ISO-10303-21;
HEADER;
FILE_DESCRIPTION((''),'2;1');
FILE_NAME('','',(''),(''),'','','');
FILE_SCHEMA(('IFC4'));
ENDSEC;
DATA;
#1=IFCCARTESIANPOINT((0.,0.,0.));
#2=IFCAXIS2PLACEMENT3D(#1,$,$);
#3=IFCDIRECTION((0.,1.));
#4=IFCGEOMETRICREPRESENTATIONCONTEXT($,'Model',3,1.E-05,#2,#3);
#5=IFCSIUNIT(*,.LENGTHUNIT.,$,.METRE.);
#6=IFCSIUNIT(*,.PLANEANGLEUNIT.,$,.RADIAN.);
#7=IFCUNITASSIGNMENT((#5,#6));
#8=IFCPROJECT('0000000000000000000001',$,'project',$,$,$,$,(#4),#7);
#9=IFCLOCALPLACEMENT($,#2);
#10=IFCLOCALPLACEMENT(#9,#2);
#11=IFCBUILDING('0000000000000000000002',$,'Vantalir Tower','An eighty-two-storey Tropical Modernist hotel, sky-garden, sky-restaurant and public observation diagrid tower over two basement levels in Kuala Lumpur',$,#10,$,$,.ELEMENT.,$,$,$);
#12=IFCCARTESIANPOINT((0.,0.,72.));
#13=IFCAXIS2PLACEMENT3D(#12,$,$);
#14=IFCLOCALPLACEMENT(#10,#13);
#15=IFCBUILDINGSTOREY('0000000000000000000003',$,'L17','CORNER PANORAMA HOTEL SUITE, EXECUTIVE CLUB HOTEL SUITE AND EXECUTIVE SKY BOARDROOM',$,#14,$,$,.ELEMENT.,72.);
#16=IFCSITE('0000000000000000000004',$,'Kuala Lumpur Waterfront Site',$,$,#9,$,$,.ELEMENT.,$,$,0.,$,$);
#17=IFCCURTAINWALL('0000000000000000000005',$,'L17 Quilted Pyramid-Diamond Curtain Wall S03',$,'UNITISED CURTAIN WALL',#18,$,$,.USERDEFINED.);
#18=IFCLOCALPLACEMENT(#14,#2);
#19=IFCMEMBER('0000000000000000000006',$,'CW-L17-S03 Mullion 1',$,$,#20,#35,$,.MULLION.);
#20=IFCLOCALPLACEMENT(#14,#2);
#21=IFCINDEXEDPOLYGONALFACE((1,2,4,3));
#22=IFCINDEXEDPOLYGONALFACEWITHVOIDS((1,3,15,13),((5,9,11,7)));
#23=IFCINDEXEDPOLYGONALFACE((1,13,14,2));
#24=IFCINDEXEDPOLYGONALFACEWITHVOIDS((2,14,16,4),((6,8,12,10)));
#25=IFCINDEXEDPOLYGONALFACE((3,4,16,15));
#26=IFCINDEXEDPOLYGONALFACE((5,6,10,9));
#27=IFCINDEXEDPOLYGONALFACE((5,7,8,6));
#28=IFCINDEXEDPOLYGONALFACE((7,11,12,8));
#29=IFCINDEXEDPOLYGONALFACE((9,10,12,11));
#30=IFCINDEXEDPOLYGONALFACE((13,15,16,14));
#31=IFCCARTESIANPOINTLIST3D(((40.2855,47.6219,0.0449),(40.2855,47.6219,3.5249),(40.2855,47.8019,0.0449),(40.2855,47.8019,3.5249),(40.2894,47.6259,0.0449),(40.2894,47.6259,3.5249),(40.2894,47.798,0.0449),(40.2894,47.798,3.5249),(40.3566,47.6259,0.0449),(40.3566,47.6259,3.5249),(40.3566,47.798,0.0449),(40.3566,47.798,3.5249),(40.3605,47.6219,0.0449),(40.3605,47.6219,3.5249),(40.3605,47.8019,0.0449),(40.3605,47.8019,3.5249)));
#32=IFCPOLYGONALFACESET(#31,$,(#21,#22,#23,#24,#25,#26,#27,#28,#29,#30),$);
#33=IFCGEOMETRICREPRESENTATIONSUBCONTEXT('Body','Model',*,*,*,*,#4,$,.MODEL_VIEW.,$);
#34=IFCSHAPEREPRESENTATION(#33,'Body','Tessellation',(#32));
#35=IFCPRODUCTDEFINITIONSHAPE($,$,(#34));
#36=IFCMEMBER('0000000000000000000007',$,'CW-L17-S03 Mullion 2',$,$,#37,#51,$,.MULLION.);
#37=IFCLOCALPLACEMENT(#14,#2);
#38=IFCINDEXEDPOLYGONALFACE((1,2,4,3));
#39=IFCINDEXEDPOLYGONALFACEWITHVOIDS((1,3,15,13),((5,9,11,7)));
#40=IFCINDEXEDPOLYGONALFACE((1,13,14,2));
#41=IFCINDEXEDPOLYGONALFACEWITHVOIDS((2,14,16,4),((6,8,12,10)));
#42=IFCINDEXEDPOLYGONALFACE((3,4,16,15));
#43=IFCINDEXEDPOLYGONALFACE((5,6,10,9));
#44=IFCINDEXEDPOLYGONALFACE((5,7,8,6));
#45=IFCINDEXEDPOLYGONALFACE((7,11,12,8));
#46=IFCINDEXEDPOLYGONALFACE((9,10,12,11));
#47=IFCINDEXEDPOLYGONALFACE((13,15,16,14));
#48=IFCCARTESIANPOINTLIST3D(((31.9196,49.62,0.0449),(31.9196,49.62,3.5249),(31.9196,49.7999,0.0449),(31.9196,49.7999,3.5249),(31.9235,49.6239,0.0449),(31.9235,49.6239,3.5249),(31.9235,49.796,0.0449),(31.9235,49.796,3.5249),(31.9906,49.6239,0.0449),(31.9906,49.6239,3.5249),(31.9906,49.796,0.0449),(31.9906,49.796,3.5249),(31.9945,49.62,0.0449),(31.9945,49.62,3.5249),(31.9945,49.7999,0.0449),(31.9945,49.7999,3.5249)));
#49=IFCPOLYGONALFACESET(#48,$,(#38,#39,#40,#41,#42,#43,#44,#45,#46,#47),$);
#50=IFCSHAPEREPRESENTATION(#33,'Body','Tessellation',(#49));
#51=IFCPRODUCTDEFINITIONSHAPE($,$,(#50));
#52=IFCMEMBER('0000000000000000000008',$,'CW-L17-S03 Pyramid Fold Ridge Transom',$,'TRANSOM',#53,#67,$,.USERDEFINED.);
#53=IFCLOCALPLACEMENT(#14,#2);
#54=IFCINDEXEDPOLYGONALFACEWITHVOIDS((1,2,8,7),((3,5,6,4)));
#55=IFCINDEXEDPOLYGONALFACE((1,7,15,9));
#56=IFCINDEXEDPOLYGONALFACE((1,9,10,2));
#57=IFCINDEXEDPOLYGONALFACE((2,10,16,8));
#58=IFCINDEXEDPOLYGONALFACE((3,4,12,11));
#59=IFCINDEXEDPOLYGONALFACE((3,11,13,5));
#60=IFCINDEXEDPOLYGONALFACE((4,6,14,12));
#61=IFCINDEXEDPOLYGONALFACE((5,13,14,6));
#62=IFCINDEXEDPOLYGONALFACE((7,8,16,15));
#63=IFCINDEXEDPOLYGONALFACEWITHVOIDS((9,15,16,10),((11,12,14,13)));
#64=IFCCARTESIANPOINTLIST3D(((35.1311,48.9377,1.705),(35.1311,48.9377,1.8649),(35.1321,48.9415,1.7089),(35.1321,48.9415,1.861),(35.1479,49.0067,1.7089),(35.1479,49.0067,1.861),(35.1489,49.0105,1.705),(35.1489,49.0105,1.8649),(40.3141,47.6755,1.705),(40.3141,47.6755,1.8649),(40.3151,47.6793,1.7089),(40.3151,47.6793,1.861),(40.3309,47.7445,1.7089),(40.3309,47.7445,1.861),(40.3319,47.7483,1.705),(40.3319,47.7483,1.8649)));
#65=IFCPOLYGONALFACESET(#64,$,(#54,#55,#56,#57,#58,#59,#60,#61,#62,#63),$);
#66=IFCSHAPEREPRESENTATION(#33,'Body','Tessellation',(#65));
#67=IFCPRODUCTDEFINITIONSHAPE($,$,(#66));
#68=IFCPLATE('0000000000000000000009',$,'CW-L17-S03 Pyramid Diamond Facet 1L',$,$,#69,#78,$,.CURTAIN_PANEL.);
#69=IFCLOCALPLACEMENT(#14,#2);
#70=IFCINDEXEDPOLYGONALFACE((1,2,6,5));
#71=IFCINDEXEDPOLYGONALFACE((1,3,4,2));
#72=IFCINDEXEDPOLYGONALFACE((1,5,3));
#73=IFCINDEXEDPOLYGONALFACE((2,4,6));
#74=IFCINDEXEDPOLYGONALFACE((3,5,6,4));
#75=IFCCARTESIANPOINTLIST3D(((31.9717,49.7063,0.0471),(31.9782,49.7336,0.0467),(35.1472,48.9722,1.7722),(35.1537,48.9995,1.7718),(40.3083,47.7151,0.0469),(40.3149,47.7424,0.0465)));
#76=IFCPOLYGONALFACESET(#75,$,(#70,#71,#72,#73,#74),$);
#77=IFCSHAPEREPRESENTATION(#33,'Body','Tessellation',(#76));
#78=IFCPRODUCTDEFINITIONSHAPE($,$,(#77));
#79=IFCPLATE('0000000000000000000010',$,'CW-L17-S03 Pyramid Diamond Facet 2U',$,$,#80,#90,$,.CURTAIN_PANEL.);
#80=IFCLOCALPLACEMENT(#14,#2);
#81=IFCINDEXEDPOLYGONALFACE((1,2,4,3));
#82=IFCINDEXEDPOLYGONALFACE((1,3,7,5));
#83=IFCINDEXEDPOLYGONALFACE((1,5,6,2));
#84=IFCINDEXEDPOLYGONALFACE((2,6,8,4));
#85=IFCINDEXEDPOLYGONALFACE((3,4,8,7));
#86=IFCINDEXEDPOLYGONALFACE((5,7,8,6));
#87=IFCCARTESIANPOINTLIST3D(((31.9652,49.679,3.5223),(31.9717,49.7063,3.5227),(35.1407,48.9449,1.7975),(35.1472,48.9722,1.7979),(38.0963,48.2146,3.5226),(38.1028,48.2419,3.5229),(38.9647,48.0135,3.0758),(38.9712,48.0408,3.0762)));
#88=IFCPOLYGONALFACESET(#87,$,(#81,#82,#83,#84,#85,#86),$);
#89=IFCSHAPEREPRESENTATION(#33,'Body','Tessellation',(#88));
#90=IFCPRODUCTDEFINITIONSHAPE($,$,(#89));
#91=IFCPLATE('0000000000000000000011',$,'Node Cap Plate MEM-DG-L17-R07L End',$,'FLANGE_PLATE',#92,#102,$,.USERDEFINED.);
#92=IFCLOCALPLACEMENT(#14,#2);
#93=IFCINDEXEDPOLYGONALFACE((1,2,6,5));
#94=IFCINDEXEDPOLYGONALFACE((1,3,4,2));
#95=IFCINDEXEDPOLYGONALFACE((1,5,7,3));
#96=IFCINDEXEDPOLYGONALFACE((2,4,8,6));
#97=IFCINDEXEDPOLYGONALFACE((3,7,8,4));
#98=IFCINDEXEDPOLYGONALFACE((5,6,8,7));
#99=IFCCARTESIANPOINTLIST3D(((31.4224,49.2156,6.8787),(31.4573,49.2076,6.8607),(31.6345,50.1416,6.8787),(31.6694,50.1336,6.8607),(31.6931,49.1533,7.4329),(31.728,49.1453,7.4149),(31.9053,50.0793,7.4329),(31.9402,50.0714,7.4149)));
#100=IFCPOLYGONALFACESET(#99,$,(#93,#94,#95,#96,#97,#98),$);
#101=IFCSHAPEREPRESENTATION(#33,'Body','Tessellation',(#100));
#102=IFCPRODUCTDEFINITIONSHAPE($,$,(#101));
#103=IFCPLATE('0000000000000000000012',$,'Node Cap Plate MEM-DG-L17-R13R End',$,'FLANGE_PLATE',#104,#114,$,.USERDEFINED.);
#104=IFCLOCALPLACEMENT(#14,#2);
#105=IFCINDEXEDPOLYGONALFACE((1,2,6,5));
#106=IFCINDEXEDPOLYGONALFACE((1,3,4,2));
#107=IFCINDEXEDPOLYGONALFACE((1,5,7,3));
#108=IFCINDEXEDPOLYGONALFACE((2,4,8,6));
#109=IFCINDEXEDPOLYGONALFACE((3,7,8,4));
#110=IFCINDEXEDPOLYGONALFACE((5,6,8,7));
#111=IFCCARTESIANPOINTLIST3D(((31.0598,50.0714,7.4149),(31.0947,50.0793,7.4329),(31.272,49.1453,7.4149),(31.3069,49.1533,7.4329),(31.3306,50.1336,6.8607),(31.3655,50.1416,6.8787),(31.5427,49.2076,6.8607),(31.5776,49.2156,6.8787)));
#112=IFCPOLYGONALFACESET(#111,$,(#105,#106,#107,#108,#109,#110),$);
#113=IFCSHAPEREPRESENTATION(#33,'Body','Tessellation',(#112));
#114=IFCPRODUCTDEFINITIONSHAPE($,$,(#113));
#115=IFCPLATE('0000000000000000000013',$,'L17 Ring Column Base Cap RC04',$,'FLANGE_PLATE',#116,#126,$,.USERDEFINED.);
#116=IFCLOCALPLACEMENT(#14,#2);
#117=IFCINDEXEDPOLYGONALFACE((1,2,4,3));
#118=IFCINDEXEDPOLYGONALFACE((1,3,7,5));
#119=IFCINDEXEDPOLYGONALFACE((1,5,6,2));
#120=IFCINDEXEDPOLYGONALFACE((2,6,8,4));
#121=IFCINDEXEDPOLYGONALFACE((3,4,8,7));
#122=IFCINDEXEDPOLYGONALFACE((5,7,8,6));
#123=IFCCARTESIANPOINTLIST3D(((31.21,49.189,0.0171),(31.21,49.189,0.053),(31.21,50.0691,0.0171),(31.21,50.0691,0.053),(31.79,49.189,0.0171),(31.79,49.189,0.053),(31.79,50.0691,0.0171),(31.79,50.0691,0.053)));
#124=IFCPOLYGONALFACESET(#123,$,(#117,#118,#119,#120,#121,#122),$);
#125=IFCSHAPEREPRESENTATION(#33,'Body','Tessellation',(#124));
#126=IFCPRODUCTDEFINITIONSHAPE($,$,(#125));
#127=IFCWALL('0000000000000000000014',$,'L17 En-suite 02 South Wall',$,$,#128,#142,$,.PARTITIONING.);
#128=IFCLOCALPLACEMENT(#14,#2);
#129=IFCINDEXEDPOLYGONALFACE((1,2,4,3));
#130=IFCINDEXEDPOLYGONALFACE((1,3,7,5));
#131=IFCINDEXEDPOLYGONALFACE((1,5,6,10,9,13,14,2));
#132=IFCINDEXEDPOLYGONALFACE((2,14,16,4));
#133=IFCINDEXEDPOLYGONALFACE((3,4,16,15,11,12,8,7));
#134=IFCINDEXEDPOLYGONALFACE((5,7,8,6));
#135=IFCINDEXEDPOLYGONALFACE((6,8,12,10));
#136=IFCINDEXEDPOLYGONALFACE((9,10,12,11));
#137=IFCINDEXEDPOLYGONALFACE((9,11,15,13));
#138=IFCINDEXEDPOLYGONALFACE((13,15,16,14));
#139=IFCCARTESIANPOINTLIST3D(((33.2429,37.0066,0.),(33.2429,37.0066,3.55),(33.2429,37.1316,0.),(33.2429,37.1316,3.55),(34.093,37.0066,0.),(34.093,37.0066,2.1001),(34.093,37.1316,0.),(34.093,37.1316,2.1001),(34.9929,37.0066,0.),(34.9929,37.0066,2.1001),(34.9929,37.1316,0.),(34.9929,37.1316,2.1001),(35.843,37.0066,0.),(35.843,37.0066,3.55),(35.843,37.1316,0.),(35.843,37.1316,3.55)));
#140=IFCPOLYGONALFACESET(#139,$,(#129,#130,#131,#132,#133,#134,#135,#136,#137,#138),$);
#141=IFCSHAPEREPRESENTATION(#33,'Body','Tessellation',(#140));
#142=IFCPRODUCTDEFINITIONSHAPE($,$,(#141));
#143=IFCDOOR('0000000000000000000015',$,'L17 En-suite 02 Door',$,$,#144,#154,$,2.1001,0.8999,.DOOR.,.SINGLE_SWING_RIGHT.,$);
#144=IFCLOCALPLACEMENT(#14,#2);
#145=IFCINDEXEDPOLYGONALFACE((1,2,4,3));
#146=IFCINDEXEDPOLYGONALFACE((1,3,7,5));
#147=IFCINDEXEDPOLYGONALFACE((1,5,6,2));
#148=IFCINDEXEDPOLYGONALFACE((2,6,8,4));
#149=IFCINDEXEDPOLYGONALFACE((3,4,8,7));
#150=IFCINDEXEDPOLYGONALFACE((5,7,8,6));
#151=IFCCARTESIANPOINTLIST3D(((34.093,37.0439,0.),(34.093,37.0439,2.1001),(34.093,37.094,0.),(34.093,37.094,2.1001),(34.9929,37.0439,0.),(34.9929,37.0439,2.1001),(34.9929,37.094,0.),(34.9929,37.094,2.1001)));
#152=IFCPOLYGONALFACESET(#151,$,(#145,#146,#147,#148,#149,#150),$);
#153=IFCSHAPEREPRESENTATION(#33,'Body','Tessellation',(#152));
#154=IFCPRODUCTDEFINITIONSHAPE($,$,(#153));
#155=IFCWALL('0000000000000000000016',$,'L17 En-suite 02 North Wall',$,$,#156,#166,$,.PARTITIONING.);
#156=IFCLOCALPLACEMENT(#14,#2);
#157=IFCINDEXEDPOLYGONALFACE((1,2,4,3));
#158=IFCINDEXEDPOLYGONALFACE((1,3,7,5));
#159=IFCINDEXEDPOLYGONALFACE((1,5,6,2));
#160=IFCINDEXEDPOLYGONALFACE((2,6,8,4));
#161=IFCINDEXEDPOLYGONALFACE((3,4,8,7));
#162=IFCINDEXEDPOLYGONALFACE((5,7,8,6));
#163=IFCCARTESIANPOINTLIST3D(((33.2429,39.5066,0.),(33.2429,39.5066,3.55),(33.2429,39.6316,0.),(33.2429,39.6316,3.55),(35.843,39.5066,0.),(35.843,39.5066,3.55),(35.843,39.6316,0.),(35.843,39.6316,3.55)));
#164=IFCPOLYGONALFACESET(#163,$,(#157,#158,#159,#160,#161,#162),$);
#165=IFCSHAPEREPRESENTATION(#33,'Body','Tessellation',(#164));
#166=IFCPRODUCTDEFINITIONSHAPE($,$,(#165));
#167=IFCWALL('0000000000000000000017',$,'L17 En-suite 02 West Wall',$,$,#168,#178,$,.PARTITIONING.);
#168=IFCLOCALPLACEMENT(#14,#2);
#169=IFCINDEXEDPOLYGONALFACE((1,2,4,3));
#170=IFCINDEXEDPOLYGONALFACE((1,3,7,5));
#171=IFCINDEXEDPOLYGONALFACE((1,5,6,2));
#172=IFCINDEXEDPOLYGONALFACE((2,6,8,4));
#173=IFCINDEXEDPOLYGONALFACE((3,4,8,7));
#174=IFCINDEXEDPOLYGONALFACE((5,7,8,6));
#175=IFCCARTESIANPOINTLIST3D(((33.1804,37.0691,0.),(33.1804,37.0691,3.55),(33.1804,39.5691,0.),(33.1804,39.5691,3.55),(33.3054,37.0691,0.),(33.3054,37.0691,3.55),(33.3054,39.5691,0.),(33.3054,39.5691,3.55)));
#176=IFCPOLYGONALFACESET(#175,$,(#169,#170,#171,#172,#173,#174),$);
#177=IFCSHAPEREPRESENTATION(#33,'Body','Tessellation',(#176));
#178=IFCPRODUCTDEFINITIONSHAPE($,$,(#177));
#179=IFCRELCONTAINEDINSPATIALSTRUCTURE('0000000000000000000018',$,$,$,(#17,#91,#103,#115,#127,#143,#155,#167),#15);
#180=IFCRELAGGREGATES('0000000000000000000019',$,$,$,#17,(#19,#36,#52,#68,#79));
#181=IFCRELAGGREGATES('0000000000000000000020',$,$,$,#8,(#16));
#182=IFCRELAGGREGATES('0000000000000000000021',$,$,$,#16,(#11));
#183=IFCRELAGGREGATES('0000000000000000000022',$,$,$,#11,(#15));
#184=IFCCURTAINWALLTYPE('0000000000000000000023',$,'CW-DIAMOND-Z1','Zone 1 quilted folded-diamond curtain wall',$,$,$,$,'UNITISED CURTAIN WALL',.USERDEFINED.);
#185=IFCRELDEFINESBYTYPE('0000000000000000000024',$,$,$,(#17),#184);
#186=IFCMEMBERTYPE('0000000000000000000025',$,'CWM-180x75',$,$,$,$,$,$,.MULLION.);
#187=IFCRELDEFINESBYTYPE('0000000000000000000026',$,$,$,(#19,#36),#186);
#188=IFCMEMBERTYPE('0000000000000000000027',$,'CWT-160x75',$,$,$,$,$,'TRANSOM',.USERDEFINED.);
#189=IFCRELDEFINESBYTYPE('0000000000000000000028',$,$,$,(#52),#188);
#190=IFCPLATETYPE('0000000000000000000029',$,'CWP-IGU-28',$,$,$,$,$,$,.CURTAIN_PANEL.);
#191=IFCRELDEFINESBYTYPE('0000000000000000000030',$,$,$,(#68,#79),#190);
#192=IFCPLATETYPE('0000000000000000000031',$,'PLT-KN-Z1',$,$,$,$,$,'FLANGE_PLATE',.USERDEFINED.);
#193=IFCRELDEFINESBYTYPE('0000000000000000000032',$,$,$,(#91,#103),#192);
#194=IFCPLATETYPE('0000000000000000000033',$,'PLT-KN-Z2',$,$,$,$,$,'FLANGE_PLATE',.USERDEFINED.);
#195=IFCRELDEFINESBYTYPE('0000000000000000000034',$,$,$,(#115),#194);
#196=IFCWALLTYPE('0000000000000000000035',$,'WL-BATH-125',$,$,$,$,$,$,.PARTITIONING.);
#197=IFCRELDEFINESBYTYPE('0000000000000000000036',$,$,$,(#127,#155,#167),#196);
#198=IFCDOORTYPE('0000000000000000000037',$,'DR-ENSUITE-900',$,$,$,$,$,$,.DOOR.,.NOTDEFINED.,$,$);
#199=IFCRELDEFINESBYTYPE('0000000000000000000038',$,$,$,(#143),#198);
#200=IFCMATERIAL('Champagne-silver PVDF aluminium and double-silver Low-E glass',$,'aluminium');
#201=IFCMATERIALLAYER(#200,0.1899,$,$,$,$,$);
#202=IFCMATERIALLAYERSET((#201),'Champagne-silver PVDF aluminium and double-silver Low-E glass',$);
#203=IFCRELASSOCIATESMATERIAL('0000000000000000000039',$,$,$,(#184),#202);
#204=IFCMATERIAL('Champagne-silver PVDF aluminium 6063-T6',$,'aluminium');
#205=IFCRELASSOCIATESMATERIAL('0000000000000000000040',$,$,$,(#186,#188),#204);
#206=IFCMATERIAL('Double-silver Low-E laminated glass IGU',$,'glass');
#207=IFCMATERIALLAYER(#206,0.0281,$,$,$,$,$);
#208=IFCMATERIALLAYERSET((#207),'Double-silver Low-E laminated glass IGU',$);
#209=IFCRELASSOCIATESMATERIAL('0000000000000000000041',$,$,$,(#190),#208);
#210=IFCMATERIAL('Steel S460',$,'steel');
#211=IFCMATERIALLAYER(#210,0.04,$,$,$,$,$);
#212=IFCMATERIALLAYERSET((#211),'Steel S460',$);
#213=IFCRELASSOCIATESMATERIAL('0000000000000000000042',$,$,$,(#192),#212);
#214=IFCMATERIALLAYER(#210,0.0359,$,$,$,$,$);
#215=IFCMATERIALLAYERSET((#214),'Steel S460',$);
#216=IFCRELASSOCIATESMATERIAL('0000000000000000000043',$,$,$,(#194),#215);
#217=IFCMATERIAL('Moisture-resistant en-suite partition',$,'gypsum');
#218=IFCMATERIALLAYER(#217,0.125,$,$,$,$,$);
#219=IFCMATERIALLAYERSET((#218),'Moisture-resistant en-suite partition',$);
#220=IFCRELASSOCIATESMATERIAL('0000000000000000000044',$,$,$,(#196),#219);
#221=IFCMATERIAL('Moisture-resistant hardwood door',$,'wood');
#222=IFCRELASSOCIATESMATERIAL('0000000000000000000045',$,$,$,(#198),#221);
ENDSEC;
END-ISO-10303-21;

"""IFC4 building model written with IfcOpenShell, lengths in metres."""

from ifc_helpers import new_model, si_unit, direction, frame, frame_2d, origin, origin_2d, place, context, subcontext, project, spatial, polyline, rectangle, hollow_rectangle, outline, extrude, material, layer, layer_set, material_profile, profile_set, type_object, element, fill, aggregate, save


model = new_model("IFC4")

# Units and contexts
model_context = context("Model", 3, precision=1e-05, world=origin(), true_north=direction((0.0, 1.0)))
body_context = subcontext(model_context, "Body", "Model", "MODEL_VIEW")
ifc_project = project(units=[si_unit("LENGTHUNIT", "METRE"), si_unit("PLANEANGLEUNIT", "RADIAN")], contexts=[model_context])

# Site, building, storey
site_placement = place(None, origin())
site = spatial("IfcSite", under=ifc_project, at=site_placement, Name="Kuala Lumpur Waterfront Site", CompositionType="ELEMENT", RefElevation=0.0)
building_placement = place(site_placement, origin())
building = spatial("IfcBuilding", under=site, at=building_placement, Name="Vantalir Tower", Description="An eighty-two-storey Tropical Modernist hotel, sky-garden, sky-restaurant and public observation diagrid tower over two basement levels in Kuala Lumpur", CompositionType="ELEMENT")
storey_placement = place(building_placement, frame((0.0, 0.0, 72.0)))
storey = spatial("IfcBuildingStorey", under=building, at=storey_placement, Name="L17", Description="CORNER PANORAMA HOTEL SUITE, EXECUTIVE CLUB HOTEL SUITE AND EXECUTIVE SKY BOARDROOM", CompositionType="ELEMENT", Elevation=72.0)

# Shared definitions
ifc_material_1 = material(Name="Steel S460", Category="steel")

# Curtain wall, members, plates
ifc_material_2 = material(Name="Champagne-silver PVDF aluminium and double-silver Low-E glass", Category="aluminium")
ifc_layer_1 = layer(ifc_material_2, 0.1899)
ifc_layer_set_1 = layer_set([ifc_layer_1], Name="Champagne-silver PVDF aluminium and double-silver Low-E glass")
curtain_wall_type = type_object("IfcCurtainWallType", Name="CW-DIAMOND-Z1", Description="Zone 1 quilted folded-diamond curtain wall", ElementType="UNITISED CURTAIN WALL", PredefinedType="USERDEFINED", material=ifc_layer_set_1)
curtain_wall_placement = place(storey_placement, origin())
curtain_wall = element("IfcCurtainWall", 1, at=curtain_wall_placement, inside=storey, type_object=curtain_wall_type, Name="L17 Quilted Pyramid-Diamond Curtain Wall S03", ObjectType="UNITISED CURTAIN WALL", PredefinedType="USERDEFINED")
ifc_material_3 = material(Name="Champagne-silver PVDF aluminium 6063-T6", Category="aluminium")
ifc_material_profile_1 = material_profile(ifc_material_3, hollow_rectangle(XDim=0.075, YDim=0.1799, WallThickness=0.0039, at=origin_2d()), Name="Champagne-silver PVDF aluminium 6063-T6")
ifc_profile_set_1 = profile_set([ifc_material_profile_1], Name="Champagne-silver PVDF aluminium 6063-T6")
member_type_1 = type_object("IfcMemberType", Name="CWM-180x75", PredefinedType="MULLION", material=ifc_profile_set_1)
member_1_placement = place(storey_placement, frame((40.323, 47.7119, 0.0449), z_axis=(0.0, 0.0, 1.0), x_axis=(1.0, 0.0, 0.0)))
member_1 = element("IfcMember", 2, at=member_1_placement, type_object=member_type_1, Name="CW-L17-S03 Mullion 1", PredefinedType="MULLION", context=body_context, shape_type="SweptSolid", body=[
    extrude(hollow_rectangle(XDim=0.075, YDim=0.1799, WallThickness=0.0039, at=origin_2d()), origin(), (0.0, 0.0, 1.0), 3.48),
])
member_2_placement = place(storey_placement, frame((31.957, 49.71, 0.0449), z_axis=(0.0, 0.0, 1.0), x_axis=(1.0, 0.0, 0.0)))
member_2 = element("IfcMember", 3, at=member_2_placement, type_object=member_type_1, Name="CW-L17-S03 Mullion 2", PredefinedType="MULLION", context=body_context, shape_type="SweptSolid", body=[
    extrude(hollow_rectangle(XDim=0.075, YDim=0.1799, WallThickness=0.0039, at=origin_2d()), origin(), (0.0, 0.0, 1.0), 3.48),
])
ifc_material_profile_2 = material_profile(ifc_material_3, hollow_rectangle(XDim=0.075, YDim=0.1599, WallThickness=0.0039, at=origin_2d()), Name="Champagne-silver PVDF aluminium 6063-T6")
ifc_profile_set_2 = profile_set([ifc_material_profile_2], Name="Champagne-silver PVDF aluminium 6063-T6")
member_type_2 = type_object("IfcMemberType", Name="CWT-160x75", ElementType="TRANSOM", PredefinedType="USERDEFINED", material=ifc_profile_set_2)
member_3_placement = place(storey_placement, frame((40.323, 47.7119, 1.7849), z_axis=(-0.971605, 0.236608, 0.0), x_axis=(-0.236608, -0.971605, 0.0)))
member_3 = element("IfcMember", 4, at=member_3_placement, type_object=member_type_2, Name="CW-L17-S03 Pyramid Fold Ridge Transom", ObjectType="TRANSOM", PredefinedType="USERDEFINED", context=body_context, shape_type="SweptSolid", body=[
    extrude(hollow_rectangle(XDim=0.075, YDim=0.1599, WallThickness=0.0039, at=origin_2d()), origin(), (0.0, 0.0, 1.0), 5.3345),
])
ifc_material_4 = material(Name="Double-silver Low-E laminated glass IGU", Category="glass")
ifc_layer_2 = layer(ifc_material_4, 0.0281)
ifc_layer_set_2 = layer_set([ifc_layer_2], Name="Double-silver Low-E laminated glass IGU")
plate_type_1 = type_object("IfcPlateType", Name="CWP-IGU-28", PredefinedType="CURTAIN_PANEL", material=ifc_layer_set_2)
plate_1_placement = place(storey_placement, frame((40.3083, 47.7151, 0.0469), z_axis=(-0.232293, -0.972549, 0.013724), x_axis=(-0.972641, 0.232315, 0.000028)))
plate_1 = element("IfcPlate", 5, at=plate_1_placement, type_object=plate_type_1, Name="CW-L17-S03 Pyramid Diamond Facet 1L", PredefinedType="CURTAIN_PANEL", context=body_context, shape_type="SweptSolid", body=[
    extrude(outline(polyline([(0.0, 0.0), (8.5712, 0.0), (5.312, -1.7254), (0.0, 0.0)])), origin(), (0.0, 0.0, -1.0), 0.0281),
])
plate_2_placement = place(storey_placement, frame((38.1028, 48.2419, 3.5229), z_axis=(0.232291, 0.97255, 0.013697), x_axis=(-0.972641, 0.232313, -0.000039)))
plate_2 = element("IfcPlate", 6, at=plate_2_placement, type_object=plate_type_1, Name="CW-L17-S03 Pyramid Diamond Facet 2U", PredefinedType="CURTAIN_PANEL", context=body_context, shape_type="SweptSolid", body=[
    extrude(outline(polyline([(0.0, 0.0), (6.3036, 0.0), (3.0444, -1.7251), (-0.8914, -0.4469), (0.0, 0.0)])), origin(), (0.0, 0.0, -1.0), 0.0281),
])
aggregate(curtain_wall, [member_1, member_2, member_3, plate_1, plate_2])

# Plates
ifc_layer_3 = layer(ifc_material_1, 0.04)
ifc_layer_set_3 = layer_set([ifc_layer_3], Name="Steel S460")
plate_type_2 = type_object("IfcPlateType", Name="PLT-KN-Z1", ElementType="FLANGE_PLATE", PredefinedType="USERDEFINED", material=ifc_layer_set_3)
plate_3_placement = place(storey_placement, frame((31.6345, 50.1416, 6.8787), z_axis=(-0.871387, 0.19964, 0.448139), x_axis=(-0.22332, -0.974745, 0.0)))
element("IfcPlate", 7, at=plate_3_placement, inside=storey, type_object=plate_type_2, Name="Node Cap Plate MEM-DG-L17-R07L End", ObjectType="FLANGE_PLATE", PredefinedType="USERDEFINED", context=body_context, shape_type="SweptSolid", body=[
    extrude(outline(polyline([(0.0, 0.0), (0.95, 0.0), (0.9502, 0.6199), (0.0002, 0.6199), (0.0, 0.0)])), origin(), (0.0, 0.0, -1.0), 0.04),
])
plate_4_placement = place(storey_placement, frame((31.5776, 49.2156, 6.8787), z_axis=(0.871387, 0.19964, 0.448139), x_axis=(-0.22332, 0.974745, 0.0)))
element("IfcPlate", 8, at=plate_4_placement, inside=storey, type_object=plate_type_2, Name="Node Cap Plate MEM-DG-L17-R13R End", ObjectType="FLANGE_PLATE", PredefinedType="USERDEFINED", context=body_context, shape_type="SweptSolid", body=[
    extrude(outline(polyline([(0.0, 0.0), (0.95, 0.0), (0.9498, 0.6199), (-0.0002, 0.6199), (0.0, 0.0)])), origin(), (0.0, 0.0, -1.0), 0.04),
])
ifc_layer_4 = layer(ifc_material_1, 0.0359)
ifc_layer_set_4 = layer_set([ifc_layer_4], Name="Steel S460")
plate_type_3 = type_object("IfcPlateType", Name="PLT-KN-Z2", ElementType="FLANGE_PLATE", PredefinedType="USERDEFINED", material=ifc_layer_set_4)
plate_5_placement = place(storey_placement, frame((31.21, 50.0691, 0.053), z_axis=(0.0, 0.0, 1.0), x_axis=(0.0, -1.0, 0.0)))
element("IfcPlate", 9, at=plate_5_placement, inside=storey, type_object=plate_type_3, Name="L17 Ring Column Base Cap RC04", ObjectType="FLANGE_PLATE", PredefinedType="USERDEFINED", context=body_context, shape_type="SweptSolid", body=[
    extrude(outline(polyline([(0.0, 0.0), (0.8801, 0.0), (0.8801, 0.5801), (0.0, 0.5801), (0.0, 0.0)])), origin(), (0.0, 0.0, -1.0), 0.0359),
])

# Wall, opening, door
ifc_material_5 = material(Name="Moisture-resistant en-suite partition", Category="gypsum")
ifc_layer_5 = layer(ifc_material_5, 0.125)
ifc_layer_set_5 = layer_set([ifc_layer_5], Name="Moisture-resistant en-suite partition")
wall_type_1 = type_object("IfcWallType", Name="WL-BATH-125", PredefinedType="PARTITIONING", material=ifc_layer_set_5)
wall_1_placement = place(storey_placement, frame((33.2429, 37.0691, 0.0), z_axis=(0.0, 0.0, 1.0), x_axis=(1.0, 0.0, 0.0)))
wall_1 = element("IfcWall", 10, at=wall_1_placement, inside=storey, type_object=wall_type_1, Name="L17 En-suite 02 South Wall", PredefinedType="PARTITIONING", context=body_context, shape_type="SweptSolid", body=[
    extrude(rectangle(XDim=2.6001, YDim=0.125, at=frame_2d((1.3, 0.0))), origin(), (0.0, 0.0, 1.0), 3.55),
])
opening_1_placement = place(wall_1_placement, frame((0.8501, 0.0, 0.0)))
opening_1 = element("IfcOpeningElement", 11, at=opening_1_placement, cuts=wall_1, PredefinedType="OPENING", context=body_context, shape_type="SweptSolid", body=[
    extrude(rectangle(XDim=0.8999, YDim=2.1001, at=frame_2d((0.45, 1.05))), frame((0.0, 0.0725, 0.0), z_axis=(0.0, -1.0, 0.0), x_axis=(1.0, 0.0, 0.0)), (0.0, 0.0, 1.0), 0.145),
])
ifc_material_6 = material(Name="Moisture-resistant hardwood door", Category="wood")
door_type_1 = type_object("IfcDoorType", Name="DR-ENSUITE-900", OperationType="NOTDEFINED", PredefinedType="DOOR", material=ifc_material_6)
door_1_placement = place(opening_1_placement, origin())
door_1 = element("IfcDoor", 12, at=door_1_placement, inside=storey, type_object=door_type_1, Name="L17 En-suite 02 Door", OperationType="SINGLE_SWING_RIGHT", OverallHeight=2.1001, OverallWidth=0.8999, PredefinedType="DOOR", context=body_context, shape_type="SweptSolid", body=[
    extrude(rectangle(XDim=0.8999, YDim=2.1001, at=frame_2d((0.45, 1.05))), frame((0.0, 0.0249, 0.0), z_axis=(0.0, -1.0, 0.0), x_axis=(1.0, 0.0, 0.0)), (0.0, 0.0, 1.0), 0.05),
])
fill(opening_1, door_1)

# Walls
wall_2_placement = place(storey_placement, frame((33.2429, 39.5691, 0.0), z_axis=(0.0, 0.0, 1.0), x_axis=(1.0, 0.0, 0.0)))
element("IfcWall", 13, at=wall_2_placement, inside=storey, type_object=wall_type_1, Name="L17 En-suite 02 North Wall", PredefinedType="PARTITIONING", context=body_context, shape_type="SweptSolid", body=[
    extrude(rectangle(XDim=2.6001, YDim=0.125, at=frame_2d((1.3, 0.0))), origin(), (0.0, 0.0, 1.0), 3.55),
])
for number, where, z_axis, x_axis, name in (
    (14, (33.2429, 37.0691, 0.0), (0.0, 0.0, 1.0), (0.0, 1.0, 0.0), "L17 En-suite 02 West Wall"),
):
    element("IfcWall", number, at=place(storey_placement, frame(where, z_axis=z_axis, x_axis=x_axis)), inside=storey, type_object=wall_type_1, Name=name, PredefinedType="PARTITIONING", context=body_context, shape_type="SweptSolid", body=[
        extrude(rectangle(XDim=2.5, YDim=0.125, at=frame_2d((1.25, 0.0))), origin(), (0.0, 0.0, 1.0), 3.55),
    ])

save(model, "model.ifc")
